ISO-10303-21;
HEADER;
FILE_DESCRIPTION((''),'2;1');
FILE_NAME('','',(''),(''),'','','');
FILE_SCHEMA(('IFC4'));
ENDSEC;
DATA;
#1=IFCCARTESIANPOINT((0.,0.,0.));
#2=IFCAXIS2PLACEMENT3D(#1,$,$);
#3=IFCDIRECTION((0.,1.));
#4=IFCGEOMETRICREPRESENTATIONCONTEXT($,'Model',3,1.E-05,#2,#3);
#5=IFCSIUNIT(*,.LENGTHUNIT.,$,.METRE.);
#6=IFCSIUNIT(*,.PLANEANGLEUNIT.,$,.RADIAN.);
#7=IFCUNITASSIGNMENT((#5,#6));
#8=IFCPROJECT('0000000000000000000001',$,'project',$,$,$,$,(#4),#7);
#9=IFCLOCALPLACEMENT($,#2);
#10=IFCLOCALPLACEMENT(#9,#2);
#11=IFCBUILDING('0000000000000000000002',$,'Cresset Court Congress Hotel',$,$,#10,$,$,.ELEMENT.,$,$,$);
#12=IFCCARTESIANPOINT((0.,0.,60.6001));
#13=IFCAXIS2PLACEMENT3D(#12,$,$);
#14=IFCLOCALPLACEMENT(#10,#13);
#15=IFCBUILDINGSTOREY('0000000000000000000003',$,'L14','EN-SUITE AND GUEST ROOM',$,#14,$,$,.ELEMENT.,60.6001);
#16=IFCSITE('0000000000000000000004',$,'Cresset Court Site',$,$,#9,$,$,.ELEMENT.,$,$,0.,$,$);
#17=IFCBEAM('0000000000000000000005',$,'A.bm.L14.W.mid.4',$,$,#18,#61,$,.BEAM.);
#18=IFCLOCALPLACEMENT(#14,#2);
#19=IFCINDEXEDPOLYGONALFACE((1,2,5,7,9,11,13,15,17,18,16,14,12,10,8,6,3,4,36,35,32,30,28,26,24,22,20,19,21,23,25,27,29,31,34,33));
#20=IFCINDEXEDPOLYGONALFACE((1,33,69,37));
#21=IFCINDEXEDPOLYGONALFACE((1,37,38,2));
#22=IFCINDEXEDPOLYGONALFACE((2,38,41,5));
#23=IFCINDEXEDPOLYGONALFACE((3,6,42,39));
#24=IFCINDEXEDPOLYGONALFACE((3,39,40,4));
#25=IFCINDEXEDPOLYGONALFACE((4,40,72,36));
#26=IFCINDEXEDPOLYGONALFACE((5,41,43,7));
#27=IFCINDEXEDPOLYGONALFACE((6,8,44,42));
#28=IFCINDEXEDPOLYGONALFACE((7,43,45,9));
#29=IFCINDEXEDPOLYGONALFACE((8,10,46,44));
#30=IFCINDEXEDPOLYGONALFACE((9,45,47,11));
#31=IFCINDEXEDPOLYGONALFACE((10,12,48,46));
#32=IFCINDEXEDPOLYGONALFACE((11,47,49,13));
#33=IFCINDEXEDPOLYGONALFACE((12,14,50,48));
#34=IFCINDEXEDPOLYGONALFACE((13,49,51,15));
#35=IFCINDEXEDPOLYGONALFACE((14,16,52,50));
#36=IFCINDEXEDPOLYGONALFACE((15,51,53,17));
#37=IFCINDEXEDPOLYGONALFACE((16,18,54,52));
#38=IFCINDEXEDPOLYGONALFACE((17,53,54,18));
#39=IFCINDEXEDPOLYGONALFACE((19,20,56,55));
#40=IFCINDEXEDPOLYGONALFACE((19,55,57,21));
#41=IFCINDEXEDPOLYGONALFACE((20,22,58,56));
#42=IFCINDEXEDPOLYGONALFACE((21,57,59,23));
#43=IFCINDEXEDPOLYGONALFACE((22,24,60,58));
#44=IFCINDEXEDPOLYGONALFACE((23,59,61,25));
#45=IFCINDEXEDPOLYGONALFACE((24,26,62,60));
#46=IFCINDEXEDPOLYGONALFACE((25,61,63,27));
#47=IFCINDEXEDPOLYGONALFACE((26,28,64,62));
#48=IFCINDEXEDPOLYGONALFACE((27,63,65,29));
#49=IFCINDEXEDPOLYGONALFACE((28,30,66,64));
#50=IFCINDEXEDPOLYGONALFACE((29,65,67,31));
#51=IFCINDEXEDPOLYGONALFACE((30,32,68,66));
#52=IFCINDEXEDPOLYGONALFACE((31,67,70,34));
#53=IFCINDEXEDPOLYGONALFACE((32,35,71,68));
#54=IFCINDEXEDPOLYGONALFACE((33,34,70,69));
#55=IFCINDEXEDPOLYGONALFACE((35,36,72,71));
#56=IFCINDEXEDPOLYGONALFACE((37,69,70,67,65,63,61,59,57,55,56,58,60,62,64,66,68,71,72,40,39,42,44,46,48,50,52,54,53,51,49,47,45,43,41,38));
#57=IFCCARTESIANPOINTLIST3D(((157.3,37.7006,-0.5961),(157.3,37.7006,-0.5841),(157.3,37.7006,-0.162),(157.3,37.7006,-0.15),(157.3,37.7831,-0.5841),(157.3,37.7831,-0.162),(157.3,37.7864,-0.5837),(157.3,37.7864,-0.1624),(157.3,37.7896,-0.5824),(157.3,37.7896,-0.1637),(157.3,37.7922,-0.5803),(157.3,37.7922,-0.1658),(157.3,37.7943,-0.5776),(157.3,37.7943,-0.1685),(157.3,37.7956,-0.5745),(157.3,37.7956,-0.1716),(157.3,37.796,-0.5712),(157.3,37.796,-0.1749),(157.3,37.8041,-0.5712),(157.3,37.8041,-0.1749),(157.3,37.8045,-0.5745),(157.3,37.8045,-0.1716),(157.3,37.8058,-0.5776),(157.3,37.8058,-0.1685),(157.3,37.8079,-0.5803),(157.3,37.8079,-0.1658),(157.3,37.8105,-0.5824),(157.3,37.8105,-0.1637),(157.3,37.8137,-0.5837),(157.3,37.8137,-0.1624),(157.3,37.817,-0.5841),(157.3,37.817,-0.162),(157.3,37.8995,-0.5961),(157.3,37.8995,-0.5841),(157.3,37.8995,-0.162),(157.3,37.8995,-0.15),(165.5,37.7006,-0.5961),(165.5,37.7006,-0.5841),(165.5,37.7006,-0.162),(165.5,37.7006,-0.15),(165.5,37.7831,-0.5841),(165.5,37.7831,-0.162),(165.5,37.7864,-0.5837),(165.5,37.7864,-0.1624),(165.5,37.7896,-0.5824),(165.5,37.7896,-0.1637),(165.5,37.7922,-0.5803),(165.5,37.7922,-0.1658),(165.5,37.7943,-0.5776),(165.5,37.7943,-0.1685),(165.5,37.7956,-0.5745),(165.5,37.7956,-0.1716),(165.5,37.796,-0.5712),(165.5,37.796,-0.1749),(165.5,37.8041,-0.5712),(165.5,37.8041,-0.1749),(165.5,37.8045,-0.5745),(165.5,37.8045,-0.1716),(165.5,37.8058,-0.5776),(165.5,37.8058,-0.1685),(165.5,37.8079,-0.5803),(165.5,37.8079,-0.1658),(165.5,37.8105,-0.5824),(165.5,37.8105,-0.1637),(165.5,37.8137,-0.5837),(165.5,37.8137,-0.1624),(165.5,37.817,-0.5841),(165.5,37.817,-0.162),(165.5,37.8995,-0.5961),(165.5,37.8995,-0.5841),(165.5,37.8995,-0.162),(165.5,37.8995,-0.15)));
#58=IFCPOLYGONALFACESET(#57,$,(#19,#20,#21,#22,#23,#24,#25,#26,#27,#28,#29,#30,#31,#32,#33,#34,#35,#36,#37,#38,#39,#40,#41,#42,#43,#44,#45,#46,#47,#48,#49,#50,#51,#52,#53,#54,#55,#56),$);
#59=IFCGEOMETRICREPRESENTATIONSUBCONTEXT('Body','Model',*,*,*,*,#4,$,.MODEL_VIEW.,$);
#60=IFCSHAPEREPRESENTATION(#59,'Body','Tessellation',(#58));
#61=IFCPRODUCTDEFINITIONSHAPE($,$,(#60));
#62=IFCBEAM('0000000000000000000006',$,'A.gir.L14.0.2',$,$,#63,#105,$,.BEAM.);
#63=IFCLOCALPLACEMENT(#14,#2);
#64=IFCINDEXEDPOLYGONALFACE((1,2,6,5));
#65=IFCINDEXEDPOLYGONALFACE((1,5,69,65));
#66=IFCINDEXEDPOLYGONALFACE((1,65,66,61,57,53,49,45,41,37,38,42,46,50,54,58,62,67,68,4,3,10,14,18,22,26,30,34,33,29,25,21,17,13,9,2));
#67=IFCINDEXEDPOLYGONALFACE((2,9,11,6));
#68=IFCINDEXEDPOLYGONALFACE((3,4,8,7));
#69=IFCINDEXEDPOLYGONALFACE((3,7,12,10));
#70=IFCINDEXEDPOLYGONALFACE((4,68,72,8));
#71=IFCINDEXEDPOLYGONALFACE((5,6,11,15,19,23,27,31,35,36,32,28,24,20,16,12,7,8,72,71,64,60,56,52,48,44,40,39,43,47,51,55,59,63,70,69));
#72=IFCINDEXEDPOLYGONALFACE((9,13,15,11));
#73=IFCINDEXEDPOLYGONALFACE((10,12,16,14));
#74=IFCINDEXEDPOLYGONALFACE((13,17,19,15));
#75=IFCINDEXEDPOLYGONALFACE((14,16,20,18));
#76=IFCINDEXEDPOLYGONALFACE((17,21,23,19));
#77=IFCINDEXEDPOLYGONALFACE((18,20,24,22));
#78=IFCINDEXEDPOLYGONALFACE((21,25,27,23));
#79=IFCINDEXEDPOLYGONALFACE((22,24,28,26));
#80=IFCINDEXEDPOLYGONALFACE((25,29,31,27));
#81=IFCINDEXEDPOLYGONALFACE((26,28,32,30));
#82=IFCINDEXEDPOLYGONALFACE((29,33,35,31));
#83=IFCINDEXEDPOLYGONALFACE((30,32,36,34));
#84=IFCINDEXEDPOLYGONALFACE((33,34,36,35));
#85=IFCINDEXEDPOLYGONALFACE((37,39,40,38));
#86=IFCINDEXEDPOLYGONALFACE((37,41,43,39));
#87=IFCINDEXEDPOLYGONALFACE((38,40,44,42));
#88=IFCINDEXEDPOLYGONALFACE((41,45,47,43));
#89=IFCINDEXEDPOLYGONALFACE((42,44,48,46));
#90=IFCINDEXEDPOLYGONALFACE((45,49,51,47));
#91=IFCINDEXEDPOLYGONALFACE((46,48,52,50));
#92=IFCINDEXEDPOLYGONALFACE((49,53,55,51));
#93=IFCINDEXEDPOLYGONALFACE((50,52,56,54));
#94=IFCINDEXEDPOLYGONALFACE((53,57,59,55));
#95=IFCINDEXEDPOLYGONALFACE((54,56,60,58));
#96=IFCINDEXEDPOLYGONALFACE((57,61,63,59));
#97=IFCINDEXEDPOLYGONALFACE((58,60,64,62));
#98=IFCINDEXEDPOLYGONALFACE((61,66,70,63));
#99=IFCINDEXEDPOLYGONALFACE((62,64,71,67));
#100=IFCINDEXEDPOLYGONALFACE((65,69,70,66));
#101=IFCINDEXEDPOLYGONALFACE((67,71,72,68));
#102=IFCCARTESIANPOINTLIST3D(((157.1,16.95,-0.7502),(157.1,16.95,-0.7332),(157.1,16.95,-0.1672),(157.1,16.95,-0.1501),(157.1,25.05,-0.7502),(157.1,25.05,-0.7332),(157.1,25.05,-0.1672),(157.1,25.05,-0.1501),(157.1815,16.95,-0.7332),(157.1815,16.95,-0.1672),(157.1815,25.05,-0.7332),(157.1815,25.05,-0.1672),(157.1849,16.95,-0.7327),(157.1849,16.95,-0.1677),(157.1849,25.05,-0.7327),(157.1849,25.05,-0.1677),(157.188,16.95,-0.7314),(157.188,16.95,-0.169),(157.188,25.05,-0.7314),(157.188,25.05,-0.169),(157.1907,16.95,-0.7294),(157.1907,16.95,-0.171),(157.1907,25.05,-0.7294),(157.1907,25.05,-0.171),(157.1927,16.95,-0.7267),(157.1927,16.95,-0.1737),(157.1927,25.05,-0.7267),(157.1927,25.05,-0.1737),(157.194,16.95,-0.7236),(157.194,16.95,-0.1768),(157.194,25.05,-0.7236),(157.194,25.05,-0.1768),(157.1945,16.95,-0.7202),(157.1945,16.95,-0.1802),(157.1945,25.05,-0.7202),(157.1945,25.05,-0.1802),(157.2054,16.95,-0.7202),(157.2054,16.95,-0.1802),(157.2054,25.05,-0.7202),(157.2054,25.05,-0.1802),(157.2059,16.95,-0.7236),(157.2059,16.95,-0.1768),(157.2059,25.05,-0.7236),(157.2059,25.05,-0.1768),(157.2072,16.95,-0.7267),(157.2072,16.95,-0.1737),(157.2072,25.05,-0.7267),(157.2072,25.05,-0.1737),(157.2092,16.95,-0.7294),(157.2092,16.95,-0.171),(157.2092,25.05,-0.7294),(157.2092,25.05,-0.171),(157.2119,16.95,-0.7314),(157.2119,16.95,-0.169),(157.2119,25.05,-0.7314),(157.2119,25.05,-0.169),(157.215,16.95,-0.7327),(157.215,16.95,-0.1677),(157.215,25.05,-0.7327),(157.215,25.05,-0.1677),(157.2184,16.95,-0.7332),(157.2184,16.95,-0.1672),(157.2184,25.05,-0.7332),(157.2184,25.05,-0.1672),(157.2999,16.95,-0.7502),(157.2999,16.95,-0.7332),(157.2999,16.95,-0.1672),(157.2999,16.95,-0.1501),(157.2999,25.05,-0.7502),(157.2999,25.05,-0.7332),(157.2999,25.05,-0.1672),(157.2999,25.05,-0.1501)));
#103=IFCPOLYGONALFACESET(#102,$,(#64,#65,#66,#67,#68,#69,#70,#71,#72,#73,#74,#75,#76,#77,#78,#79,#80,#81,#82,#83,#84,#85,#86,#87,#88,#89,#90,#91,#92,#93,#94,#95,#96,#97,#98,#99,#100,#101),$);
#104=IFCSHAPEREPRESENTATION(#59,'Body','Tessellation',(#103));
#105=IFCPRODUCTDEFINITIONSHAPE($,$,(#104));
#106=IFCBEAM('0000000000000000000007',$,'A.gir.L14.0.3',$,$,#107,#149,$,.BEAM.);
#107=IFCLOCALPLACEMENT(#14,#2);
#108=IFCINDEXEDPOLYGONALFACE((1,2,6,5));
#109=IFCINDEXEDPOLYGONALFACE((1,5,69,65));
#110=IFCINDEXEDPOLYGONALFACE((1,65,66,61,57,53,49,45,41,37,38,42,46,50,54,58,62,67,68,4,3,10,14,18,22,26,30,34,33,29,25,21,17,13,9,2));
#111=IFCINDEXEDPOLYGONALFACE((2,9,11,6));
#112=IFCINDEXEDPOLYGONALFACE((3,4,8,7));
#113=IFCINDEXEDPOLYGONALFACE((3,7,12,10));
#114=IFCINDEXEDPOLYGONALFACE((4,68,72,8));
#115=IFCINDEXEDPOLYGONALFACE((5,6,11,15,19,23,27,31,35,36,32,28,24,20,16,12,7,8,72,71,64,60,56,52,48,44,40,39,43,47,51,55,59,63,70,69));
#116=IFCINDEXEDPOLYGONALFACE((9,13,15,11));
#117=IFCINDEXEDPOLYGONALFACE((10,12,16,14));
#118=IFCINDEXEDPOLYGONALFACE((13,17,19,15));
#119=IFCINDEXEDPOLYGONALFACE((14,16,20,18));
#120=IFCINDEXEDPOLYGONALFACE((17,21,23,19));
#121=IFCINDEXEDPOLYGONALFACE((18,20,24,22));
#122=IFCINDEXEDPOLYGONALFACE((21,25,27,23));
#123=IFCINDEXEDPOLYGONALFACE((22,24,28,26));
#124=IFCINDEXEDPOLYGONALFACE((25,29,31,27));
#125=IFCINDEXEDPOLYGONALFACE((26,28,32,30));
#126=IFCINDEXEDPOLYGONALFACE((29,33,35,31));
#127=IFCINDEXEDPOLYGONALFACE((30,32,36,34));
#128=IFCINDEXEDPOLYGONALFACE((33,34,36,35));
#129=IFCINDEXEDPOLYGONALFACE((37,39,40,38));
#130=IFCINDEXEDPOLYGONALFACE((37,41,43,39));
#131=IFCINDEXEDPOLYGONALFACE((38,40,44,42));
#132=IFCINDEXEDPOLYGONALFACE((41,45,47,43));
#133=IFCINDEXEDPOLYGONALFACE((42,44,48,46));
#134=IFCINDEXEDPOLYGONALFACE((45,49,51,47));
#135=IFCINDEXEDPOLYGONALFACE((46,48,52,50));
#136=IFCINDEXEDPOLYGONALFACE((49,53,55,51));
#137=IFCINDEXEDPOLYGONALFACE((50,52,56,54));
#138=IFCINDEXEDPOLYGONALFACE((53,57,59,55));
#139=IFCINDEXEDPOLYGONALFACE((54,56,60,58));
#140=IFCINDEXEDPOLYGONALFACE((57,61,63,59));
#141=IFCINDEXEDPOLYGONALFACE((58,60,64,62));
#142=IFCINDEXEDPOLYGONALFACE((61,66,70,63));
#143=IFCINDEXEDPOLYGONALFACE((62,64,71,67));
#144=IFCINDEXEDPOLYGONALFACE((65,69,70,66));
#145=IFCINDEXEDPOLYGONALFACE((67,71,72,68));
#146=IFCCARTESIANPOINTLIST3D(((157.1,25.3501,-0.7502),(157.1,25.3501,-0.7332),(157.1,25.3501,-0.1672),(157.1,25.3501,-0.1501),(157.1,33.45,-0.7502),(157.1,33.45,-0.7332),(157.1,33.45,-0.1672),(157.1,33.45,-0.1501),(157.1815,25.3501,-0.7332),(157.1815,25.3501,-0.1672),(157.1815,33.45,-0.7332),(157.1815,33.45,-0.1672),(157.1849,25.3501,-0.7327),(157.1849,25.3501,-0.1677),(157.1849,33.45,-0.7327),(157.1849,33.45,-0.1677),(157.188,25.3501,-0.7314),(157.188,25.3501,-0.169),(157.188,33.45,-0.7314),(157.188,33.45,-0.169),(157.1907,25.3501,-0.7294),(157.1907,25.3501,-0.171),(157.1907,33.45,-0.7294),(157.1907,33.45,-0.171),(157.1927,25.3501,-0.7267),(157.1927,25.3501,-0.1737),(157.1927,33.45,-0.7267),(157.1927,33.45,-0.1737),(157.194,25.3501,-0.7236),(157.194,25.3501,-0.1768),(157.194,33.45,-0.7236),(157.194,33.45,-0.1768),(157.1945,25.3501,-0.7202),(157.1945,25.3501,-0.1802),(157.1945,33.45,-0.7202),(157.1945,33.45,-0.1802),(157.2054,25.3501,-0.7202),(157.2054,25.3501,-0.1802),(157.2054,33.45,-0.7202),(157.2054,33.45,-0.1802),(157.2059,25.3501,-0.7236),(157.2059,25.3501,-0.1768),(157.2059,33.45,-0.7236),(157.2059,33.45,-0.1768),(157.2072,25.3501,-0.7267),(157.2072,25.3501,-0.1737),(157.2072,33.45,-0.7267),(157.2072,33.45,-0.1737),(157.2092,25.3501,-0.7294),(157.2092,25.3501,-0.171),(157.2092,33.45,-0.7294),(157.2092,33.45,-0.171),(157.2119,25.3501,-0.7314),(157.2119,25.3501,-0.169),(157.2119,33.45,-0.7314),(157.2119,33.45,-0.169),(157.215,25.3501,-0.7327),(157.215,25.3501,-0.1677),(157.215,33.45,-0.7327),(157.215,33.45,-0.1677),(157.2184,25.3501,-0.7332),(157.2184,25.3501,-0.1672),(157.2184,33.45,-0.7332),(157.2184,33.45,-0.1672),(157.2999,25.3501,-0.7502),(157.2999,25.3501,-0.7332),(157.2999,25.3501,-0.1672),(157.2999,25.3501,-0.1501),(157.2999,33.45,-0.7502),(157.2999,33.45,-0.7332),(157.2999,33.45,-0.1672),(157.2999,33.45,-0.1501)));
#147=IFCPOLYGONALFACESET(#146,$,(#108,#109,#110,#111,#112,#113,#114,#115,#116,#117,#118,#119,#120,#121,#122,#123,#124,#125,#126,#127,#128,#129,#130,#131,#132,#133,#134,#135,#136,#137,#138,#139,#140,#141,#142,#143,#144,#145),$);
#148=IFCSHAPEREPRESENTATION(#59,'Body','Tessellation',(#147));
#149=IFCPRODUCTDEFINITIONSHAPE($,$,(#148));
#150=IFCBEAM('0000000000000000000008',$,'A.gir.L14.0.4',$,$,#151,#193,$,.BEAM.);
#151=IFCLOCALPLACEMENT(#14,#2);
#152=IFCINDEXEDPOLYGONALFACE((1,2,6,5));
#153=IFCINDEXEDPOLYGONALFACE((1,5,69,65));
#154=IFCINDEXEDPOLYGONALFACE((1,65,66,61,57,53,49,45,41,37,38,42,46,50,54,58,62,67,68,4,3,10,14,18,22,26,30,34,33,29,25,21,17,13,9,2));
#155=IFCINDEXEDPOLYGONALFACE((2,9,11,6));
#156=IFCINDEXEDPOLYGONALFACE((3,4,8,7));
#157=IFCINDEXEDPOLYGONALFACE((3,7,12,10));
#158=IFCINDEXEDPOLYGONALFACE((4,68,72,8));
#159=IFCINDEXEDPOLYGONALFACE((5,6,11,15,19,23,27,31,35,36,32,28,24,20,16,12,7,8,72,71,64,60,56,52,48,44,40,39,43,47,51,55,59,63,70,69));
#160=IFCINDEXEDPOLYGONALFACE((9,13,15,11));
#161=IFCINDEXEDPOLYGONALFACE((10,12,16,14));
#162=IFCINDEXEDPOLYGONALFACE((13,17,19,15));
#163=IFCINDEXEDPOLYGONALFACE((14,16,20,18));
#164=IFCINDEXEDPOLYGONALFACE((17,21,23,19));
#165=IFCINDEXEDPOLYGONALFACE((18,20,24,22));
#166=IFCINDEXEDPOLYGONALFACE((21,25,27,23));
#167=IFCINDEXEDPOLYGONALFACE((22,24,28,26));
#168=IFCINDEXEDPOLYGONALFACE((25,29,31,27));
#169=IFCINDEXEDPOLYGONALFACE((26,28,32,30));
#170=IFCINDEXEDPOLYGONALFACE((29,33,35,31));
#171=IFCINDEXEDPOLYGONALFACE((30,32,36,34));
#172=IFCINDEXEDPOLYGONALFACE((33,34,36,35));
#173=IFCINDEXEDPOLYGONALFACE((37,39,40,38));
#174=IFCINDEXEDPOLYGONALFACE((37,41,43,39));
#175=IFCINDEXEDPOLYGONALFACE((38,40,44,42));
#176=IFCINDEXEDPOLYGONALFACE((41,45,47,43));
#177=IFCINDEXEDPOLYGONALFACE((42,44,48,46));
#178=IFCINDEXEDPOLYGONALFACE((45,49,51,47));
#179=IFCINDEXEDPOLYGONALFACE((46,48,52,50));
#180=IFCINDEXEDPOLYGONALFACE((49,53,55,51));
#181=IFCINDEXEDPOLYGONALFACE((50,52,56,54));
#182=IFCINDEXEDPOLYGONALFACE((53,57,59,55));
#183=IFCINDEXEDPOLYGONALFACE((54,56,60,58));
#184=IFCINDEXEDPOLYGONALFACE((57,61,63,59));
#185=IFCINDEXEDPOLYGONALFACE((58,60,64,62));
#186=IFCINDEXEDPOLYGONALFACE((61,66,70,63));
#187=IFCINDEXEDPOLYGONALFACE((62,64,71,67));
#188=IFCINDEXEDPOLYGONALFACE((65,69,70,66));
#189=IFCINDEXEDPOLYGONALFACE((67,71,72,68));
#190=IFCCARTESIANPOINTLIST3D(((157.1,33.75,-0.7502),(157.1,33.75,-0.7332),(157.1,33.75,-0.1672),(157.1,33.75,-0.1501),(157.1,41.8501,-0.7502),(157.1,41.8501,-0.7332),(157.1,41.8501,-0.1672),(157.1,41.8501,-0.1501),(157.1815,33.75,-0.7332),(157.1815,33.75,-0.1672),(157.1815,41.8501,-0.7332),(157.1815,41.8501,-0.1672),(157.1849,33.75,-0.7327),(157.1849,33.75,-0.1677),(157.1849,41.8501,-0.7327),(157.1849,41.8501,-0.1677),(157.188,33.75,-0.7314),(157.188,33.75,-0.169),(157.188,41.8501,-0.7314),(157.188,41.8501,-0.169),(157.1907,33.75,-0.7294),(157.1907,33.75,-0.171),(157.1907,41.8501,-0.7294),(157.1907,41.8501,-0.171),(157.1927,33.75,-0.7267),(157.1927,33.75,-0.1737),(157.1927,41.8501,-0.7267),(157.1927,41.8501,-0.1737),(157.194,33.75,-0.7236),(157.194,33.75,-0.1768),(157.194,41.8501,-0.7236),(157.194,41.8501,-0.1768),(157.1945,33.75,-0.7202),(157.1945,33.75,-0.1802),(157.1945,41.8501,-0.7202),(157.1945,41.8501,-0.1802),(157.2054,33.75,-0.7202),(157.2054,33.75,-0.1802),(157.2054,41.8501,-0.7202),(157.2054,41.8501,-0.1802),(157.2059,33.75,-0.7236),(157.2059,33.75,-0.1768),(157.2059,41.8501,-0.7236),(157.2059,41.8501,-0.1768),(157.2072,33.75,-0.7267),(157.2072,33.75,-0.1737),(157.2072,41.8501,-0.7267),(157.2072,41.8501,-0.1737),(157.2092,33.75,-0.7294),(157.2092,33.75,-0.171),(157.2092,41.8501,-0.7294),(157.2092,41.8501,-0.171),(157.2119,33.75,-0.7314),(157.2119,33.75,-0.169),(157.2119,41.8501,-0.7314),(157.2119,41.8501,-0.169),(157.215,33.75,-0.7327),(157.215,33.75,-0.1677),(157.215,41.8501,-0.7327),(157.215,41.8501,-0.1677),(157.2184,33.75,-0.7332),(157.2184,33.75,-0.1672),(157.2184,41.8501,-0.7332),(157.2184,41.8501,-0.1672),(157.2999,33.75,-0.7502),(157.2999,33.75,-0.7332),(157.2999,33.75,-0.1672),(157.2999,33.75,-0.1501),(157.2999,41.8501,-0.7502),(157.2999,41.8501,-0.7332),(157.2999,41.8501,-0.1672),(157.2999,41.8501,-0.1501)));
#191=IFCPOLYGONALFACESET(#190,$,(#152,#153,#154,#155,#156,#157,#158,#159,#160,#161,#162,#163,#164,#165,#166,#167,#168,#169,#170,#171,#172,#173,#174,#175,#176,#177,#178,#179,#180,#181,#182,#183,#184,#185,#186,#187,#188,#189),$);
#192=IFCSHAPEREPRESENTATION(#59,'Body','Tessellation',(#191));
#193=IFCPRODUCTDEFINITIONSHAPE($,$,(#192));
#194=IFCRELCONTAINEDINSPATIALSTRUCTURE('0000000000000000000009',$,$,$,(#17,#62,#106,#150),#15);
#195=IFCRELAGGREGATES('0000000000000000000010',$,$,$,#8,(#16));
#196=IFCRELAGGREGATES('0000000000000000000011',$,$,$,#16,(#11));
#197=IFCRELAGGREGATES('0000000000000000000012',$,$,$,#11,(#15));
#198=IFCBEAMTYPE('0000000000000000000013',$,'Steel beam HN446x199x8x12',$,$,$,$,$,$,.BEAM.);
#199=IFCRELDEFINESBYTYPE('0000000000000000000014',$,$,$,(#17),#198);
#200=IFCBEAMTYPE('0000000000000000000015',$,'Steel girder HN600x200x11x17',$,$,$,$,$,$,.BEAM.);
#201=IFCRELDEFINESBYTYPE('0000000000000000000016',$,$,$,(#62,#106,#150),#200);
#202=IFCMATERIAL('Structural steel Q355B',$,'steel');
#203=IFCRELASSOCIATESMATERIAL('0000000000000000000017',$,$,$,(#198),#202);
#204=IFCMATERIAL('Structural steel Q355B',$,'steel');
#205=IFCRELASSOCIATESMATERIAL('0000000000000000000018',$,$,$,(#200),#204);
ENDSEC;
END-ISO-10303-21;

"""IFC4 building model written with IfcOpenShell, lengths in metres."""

from ifc_helpers import new_model, si_unit, direction, frame, origin, origin_2d, place, context, subcontext, project, spatial, i_section, extrude, material, material_profile, profile_set, type_object, element, save


model = new_model("IFC4")

# Units and contexts
model_context = context("Model", 3, precision=1e-05, world=origin(), true_north=direction((0.0, 1.0)))
body_context = subcontext(model_context, "Body", "Model", "MODEL_VIEW")
ifc_project = project(units=[si_unit("LENGTHUNIT", "METRE"), si_unit("PLANEANGLEUNIT", "RADIAN")], contexts=[model_context])

# Site, building, storey
site_placement = place(None, origin())
site = spatial("IfcSite", under=ifc_project, at=site_placement, Name="Cresset Court Site", CompositionType="ELEMENT", RefElevation=0.0)
building_placement = place(site_placement, origin())
building = spatial("IfcBuilding", under=site, at=building_placement, Name="Cresset Court Congress Hotel", CompositionType="ELEMENT")
storey_placement = place(building_placement, frame((0.0, 0.0, 60.6001)))
storey = spatial("IfcBuildingStorey", under=building, at=storey_placement, Name="L14", Description="EN-SUITE AND GUEST ROOM", CompositionType="ELEMENT", Elevation=60.6001)

# Beams
ifc_material_1 = material(Name="Structural steel Q355B", Category="steel")
ifc_material_profile_1 = material_profile(ifc_material_1, i_section(OverallWidth=0.199, OverallDepth=0.446, WebThickness=0.0081, FlangeThickness=0.012, FilletRadius=0.0129, at=origin_2d()), Name="HN446x199x8x12")
ifc_profile_set_1 = profile_set([ifc_material_profile_1], Name="Structural steel Q355B")
beam_type_1 = type_object("IfcBeamType", Name="Steel beam HN446x199x8x12", PredefinedType="BEAM", material=ifc_profile_set_1)
beam_1_placement = place(storey_placement, frame((157.3, 37.8, -0.373), z_axis=(1.0, 0.0, 0.0), x_axis=(0.0, 1.0, 0.0)))
element("IfcBeam", 1, at=beam_1_placement, inside=storey, type_object=beam_type_1, Name="A.bm.L14.W.mid.4", PredefinedType="BEAM", context=body_context, shape_type="SweptSolid", body=[
    extrude(i_section(OverallWidth=0.199, OverallDepth=0.446, WebThickness=0.0081, FlangeThickness=0.012, FilletRadius=0.0129, at=origin_2d()), origin(), (0.0, 0.0, 1.0), 8.2),
])
ifc_material_2 = material(Name="Structural steel Q355B", Category="steel")
ifc_material_profile_2 = material_profile(ifc_material_2, i_section(OverallWidth=0.2, OverallDepth=0.6001, WebThickness=0.011, FlangeThickness=0.0171, FilletRadius=0.0129, at=origin_2d()), Name="HN600x200x11x17")
ifc_profile_set_2 = profile_set([ifc_material_profile_2], Name="Structural steel Q355B")
beam_type_2 = type_object("IfcBeamType", Name="Steel girder HN600x200x11x17", PredefinedType="BEAM", material=ifc_profile_set_2)
beam_2_placement = place(storey_placement, frame((157.2, 16.95, -0.4502), z_axis=(0.0, 1.0, 0.0), x_axis=(-1.0, 0.0, 0.0)))
element("IfcBeam", 2, at=beam_2_placement, inside=storey, type_object=beam_type_2, Name="A.gir.L14.0.2", PredefinedType="BEAM", context=body_context, shape_type="SweptSolid", body=[
    extrude(i_section(OverallWidth=0.2, OverallDepth=0.6001, WebThickness=0.011, FlangeThickness=0.0171, FilletRadius=0.0129, at=origin_2d()), origin(), (0.0, 0.0, 1.0), 8.1001),
])
beam_3_placement = place(storey_placement, frame((157.2, 25.3501, -0.4502), z_axis=(0.0, 1.0, 0.0), x_axis=(-1.0, 0.0, 0.0)))
element("IfcBeam", 3, at=beam_3_placement, inside=storey, type_object=beam_type_2, Name="A.gir.L14.0.3", PredefinedType="BEAM", context=body_context, shape_type="SweptSolid", body=[
    extrude(i_section(OverallWidth=0.2, OverallDepth=0.6001, WebThickness=0.011, FlangeThickness=0.0171, FilletRadius=0.0129, at=origin_2d()), origin(), (0.0, 0.0, 1.0), 8.0999),
])
beam_4_placement = place(storey_placement, frame((157.2, 33.75, -0.4502), z_axis=(0.0, 1.0, 0.0), x_axis=(-1.0, 0.0, 0.0)))
element("IfcBeam", 4, at=beam_4_placement, inside=storey, type_object=beam_type_2, Name="A.gir.L14.0.4", PredefinedType="BEAM", context=body_context, shape_type="SweptSolid", body=[
    extrude(i_section(OverallWidth=0.2, OverallDepth=0.6001, WebThickness=0.011, FlangeThickness=0.0171, FilletRadius=0.0129, at=origin_2d()), origin(), (0.0, 0.0, 1.0), 8.1001),
])

save(model, "model.ifc")
